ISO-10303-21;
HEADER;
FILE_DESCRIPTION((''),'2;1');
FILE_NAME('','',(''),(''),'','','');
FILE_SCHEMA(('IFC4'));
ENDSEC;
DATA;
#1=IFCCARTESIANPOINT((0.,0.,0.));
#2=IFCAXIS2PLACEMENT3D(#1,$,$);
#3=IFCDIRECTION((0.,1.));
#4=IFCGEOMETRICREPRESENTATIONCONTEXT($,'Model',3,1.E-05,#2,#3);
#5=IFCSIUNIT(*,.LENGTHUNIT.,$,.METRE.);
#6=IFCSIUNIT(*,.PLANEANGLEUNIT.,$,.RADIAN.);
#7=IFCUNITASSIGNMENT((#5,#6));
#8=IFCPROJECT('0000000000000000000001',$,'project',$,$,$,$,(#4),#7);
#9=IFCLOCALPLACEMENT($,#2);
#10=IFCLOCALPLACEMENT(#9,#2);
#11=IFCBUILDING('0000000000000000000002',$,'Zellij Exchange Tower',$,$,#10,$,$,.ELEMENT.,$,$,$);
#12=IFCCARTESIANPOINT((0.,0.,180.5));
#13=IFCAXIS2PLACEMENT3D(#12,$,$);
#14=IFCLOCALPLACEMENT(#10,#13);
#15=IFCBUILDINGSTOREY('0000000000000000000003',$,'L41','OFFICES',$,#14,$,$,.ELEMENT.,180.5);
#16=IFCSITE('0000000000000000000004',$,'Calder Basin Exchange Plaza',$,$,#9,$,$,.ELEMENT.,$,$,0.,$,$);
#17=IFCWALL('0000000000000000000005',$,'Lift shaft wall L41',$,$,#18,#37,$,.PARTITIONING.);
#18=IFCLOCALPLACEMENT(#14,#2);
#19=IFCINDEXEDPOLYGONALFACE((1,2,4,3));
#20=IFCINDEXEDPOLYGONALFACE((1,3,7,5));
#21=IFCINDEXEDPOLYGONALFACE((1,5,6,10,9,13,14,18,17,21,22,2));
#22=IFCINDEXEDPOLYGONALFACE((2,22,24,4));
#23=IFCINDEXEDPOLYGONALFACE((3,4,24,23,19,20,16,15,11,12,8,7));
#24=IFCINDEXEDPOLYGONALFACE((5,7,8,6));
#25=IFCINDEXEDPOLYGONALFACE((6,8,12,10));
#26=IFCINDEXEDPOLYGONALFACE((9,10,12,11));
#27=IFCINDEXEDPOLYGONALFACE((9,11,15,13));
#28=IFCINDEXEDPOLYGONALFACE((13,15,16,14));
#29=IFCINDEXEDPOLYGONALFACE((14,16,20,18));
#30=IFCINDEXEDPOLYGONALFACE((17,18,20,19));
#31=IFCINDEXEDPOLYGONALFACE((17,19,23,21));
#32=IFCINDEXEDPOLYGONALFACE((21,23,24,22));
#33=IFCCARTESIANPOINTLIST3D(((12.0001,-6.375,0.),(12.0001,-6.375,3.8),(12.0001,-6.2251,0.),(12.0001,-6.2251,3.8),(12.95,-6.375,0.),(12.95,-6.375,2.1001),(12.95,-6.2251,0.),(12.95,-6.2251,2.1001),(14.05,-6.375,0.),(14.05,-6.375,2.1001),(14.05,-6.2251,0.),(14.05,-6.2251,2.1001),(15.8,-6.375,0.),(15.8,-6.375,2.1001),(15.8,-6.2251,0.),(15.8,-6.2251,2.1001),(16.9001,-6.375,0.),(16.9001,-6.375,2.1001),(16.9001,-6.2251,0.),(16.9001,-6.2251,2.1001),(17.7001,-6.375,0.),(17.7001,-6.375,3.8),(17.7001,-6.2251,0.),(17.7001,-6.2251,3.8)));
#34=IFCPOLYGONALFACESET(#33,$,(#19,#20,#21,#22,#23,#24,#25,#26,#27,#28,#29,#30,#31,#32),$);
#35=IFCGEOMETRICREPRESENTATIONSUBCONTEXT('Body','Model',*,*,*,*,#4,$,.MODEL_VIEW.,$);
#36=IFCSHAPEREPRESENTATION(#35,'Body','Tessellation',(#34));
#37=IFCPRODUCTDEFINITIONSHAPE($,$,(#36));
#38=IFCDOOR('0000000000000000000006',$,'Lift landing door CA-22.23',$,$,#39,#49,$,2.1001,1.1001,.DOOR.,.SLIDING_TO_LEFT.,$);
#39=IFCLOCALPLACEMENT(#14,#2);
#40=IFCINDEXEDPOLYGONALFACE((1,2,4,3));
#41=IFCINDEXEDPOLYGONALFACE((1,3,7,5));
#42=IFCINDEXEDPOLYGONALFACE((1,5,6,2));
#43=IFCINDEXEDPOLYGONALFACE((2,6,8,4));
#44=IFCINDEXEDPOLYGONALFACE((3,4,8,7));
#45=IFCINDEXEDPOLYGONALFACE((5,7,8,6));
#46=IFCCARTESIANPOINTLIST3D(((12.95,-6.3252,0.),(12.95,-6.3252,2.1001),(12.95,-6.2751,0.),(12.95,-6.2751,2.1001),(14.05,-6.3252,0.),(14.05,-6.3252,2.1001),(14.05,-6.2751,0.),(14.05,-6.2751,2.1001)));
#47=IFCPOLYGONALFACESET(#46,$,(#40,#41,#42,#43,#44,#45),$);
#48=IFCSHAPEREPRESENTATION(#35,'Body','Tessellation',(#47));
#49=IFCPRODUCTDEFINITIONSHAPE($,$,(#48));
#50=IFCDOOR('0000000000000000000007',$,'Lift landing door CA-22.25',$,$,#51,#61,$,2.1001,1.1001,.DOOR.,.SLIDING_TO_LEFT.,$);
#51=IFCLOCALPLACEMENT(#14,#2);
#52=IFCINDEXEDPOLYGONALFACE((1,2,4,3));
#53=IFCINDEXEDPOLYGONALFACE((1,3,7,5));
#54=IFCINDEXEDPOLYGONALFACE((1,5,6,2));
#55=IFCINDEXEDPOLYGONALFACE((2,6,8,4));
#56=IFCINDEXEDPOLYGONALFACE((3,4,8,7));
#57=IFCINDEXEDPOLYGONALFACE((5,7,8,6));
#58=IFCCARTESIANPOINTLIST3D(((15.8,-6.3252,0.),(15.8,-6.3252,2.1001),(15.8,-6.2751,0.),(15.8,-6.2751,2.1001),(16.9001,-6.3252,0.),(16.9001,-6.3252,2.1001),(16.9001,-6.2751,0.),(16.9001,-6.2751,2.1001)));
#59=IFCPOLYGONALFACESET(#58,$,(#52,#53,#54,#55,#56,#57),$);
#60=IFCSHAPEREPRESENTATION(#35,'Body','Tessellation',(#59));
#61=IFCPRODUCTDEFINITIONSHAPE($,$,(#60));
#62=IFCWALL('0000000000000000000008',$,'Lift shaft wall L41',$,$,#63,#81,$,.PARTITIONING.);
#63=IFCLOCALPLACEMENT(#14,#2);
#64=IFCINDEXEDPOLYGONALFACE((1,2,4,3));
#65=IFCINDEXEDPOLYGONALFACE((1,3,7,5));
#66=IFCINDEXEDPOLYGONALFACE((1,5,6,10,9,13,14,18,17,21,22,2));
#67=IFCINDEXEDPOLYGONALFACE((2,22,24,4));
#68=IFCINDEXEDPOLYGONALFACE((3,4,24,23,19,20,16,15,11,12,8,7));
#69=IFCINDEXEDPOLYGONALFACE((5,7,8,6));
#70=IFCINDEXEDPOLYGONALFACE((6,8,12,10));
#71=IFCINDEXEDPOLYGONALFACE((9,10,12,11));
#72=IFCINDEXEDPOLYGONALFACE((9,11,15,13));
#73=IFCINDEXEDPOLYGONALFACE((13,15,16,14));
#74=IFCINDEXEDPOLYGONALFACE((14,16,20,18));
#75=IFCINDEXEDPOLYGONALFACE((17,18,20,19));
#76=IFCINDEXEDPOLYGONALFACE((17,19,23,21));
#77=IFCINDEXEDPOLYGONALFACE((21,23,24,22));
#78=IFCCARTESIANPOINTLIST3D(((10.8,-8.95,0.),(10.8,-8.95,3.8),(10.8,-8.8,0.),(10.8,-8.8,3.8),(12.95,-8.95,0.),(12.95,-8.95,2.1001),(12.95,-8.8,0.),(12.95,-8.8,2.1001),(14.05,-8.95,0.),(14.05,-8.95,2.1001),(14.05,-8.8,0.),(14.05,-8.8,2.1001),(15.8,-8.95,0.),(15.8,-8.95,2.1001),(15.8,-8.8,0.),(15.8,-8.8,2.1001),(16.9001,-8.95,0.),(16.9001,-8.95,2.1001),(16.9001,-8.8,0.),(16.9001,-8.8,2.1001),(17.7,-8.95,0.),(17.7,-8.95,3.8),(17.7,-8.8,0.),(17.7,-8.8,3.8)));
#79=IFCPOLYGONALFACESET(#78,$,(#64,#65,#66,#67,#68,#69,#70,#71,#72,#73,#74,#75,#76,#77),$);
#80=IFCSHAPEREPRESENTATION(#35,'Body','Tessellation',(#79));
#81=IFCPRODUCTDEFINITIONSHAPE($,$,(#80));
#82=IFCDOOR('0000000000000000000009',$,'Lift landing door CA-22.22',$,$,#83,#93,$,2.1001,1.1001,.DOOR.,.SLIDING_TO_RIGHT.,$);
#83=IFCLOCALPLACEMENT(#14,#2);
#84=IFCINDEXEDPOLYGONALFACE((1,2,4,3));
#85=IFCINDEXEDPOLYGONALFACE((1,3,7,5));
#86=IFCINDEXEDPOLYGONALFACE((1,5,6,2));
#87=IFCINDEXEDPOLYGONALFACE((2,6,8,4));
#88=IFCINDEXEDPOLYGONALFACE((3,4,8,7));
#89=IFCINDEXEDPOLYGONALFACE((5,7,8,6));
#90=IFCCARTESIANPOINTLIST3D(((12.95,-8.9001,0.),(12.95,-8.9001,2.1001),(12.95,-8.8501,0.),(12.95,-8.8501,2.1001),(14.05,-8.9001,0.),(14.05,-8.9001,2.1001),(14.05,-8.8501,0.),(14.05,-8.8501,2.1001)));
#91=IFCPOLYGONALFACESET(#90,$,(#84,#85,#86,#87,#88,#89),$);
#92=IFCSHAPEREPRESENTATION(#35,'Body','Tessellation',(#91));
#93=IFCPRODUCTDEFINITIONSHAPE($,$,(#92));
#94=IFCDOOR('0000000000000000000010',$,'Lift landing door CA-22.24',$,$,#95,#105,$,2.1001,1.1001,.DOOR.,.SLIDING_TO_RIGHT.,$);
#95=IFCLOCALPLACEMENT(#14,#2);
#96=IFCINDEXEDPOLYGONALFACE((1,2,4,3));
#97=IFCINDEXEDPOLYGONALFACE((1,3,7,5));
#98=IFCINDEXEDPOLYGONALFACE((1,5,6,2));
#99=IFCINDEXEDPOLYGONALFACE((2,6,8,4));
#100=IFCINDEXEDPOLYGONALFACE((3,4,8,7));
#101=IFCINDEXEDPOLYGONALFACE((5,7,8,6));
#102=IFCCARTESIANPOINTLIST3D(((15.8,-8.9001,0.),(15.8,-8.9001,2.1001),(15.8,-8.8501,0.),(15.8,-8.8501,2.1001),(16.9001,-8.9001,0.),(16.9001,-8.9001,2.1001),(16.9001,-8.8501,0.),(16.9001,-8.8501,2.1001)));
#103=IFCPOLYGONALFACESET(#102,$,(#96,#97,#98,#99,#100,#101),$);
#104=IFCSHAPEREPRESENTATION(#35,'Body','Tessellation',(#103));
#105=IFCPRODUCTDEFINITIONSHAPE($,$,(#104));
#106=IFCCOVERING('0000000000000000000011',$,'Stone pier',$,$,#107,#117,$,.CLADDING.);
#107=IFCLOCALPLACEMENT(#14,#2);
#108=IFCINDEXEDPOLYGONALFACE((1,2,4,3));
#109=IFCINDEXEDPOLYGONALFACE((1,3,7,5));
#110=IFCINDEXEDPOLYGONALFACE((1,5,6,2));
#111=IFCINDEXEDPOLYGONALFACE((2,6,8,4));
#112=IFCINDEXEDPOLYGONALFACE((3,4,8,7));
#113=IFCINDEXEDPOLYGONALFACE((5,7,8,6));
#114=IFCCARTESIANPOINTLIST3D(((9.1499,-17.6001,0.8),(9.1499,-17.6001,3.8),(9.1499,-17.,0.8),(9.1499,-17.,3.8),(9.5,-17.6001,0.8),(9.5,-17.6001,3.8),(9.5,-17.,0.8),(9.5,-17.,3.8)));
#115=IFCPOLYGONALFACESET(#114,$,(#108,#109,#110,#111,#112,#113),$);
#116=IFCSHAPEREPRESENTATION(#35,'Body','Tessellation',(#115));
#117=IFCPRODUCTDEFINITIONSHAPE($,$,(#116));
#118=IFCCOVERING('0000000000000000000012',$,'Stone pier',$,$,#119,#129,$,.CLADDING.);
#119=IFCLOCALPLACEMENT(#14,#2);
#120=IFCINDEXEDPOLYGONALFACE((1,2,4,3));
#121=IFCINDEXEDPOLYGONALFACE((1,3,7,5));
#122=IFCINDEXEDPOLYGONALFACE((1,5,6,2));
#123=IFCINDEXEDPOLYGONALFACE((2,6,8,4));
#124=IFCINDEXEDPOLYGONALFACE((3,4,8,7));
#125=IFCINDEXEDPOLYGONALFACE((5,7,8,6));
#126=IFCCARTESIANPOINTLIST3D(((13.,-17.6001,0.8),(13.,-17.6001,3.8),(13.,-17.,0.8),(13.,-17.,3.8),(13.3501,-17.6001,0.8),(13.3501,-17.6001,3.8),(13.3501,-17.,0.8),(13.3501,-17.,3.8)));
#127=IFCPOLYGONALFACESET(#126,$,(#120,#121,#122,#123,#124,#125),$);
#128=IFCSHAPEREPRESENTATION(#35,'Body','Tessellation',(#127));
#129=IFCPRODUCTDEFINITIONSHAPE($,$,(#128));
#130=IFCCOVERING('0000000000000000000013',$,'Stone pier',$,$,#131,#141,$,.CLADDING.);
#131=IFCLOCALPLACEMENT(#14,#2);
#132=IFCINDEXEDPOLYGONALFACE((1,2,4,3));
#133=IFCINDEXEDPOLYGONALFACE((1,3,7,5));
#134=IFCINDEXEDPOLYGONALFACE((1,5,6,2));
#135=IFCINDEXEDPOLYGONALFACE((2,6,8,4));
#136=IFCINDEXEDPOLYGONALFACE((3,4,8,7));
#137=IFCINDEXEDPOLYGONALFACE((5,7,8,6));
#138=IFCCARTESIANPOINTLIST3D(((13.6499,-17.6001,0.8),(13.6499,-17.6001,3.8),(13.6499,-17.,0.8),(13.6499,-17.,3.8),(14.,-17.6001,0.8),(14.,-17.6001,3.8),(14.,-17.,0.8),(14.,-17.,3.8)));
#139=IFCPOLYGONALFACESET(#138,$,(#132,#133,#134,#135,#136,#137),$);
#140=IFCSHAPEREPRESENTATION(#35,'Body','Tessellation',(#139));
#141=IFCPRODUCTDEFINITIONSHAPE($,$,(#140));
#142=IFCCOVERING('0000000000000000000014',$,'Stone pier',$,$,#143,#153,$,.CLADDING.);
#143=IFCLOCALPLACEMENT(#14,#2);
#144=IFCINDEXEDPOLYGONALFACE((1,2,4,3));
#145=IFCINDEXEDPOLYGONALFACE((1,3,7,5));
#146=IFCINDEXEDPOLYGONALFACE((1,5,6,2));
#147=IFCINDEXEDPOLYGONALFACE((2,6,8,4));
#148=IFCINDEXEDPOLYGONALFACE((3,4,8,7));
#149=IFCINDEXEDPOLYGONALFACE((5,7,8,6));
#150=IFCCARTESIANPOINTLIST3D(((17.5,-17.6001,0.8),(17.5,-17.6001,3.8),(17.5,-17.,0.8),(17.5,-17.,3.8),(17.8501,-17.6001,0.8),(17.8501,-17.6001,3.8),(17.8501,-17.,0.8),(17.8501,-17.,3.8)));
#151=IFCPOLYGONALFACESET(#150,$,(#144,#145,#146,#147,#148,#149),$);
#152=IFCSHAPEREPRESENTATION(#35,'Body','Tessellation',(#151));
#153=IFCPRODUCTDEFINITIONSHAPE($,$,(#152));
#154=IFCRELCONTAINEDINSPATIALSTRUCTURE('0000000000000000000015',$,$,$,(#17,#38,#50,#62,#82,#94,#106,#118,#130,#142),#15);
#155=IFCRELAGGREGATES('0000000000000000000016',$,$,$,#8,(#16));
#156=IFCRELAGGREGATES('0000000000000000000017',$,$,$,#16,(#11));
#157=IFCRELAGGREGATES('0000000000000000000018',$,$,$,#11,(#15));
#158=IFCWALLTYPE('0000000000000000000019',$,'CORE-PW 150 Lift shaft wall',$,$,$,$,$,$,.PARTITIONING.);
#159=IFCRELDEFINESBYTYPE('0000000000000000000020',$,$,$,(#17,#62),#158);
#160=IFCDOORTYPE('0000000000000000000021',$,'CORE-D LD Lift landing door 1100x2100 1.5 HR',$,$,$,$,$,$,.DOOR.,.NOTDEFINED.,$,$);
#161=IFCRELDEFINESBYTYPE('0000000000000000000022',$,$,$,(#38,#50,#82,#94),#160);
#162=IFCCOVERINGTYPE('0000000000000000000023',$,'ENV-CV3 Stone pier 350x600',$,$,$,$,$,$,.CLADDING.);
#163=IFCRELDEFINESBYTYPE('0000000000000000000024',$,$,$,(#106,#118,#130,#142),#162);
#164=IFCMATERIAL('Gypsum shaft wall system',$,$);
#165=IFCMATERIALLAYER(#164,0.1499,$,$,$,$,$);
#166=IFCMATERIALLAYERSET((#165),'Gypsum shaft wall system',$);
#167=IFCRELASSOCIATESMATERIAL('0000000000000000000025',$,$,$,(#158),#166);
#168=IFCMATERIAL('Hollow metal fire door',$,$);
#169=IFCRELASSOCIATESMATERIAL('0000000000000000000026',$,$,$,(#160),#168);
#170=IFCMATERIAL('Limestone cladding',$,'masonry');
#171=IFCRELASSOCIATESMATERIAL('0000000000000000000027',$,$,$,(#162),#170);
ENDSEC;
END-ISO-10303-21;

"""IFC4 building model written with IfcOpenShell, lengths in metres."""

from ifc_helpers import new_model, si_unit, direction, frame, frame_2d, origin, place, context, subcontext, project, spatial, polyline, rectangle, outline, extrude, material, layer, layer_set, type_object, element, fill, save


model = new_model("IFC4")

# Units and contexts
model_context = context("Model", 3, precision=1e-05, world=origin(), true_north=direction((0.0, 1.0)))
body_context = subcontext(model_context, "Body", "Model", "MODEL_VIEW")
ifc_project = project(units=[si_unit("LENGTHUNIT", "METRE"), si_unit("PLANEANGLEUNIT", "RADIAN")], contexts=[model_context])

# Site, building, storey
site_placement = place(None, origin())
site = spatial("IfcSite", under=ifc_project, at=site_placement, Name="Calder Basin Exchange Plaza", CompositionType="ELEMENT", RefElevation=0.0)
building_placement = place(site_placement, origin())
building = spatial("IfcBuilding", under=site, at=building_placement, Name="Zellij Exchange Tower", CompositionType="ELEMENT")
storey_placement = place(building_placement, frame((0.0, 0.0, 180.5)))
storey = spatial("IfcBuildingStorey", under=building, at=storey_placement, Name="L41", Description="OFFICES", CompositionType="ELEMENT", Elevation=180.5)

# Shared definitions
ifc_material_1 = material(Name="Gypsum shaft wall system")
ifc_material_2 = material(Name="Hollow metal fire door")

# Shared definitions
ifc_layer_1 = layer(ifc_material_1, 0.1499)
ifc_layer_set_1 = layer_set([ifc_layer_1], Name="Gypsum shaft wall system")
wall_type_1 = type_object("IfcWallType", Name="CORE-PW 150 Lift shaft wall", PredefinedType="PARTITIONING", material=ifc_layer_set_1)

# Shared definitions
door_type_1 = type_object("IfcDoorType", Name="CORE-D LD Lift landing door 1100x2100 1.5 HR", OperationType="NOTDEFINED", PredefinedType="DOOR", material=ifc_material_2)

# Walls, openings, doors
wall_1_placement = place(storey_placement, frame((12.0, -6.3, 0.0), z_axis=(0.0, 0.0, 1.0), x_axis=(1.0, 0.0, 0.0)))
wall_1 = element("IfcWall", 1, at=wall_1_placement, inside=storey, type_object=wall_type_1, Name="Lift shaft wall L41", PredefinedType="PARTITIONING", context=body_context, shape_type="SweptSolid", body=[
    extrude(rectangle(XDim=5.7, YDim=0.1499, at=frame_2d((2.8501, 0.0))), origin(), (0.0, 0.0, 1.0), 3.8),
])
opening_1_placement = place(wall_1_placement, frame((0.95, 0.0, 0.0)))
opening_1 = element("IfcOpeningElement", 2, at=opening_1_placement, cuts=wall_1, PredefinedType="OPENING", context=body_context, shape_type="SweptSolid", body=[
    extrude(rectangle(XDim=1.1001, YDim=2.1001, at=frame_2d((0.55, 1.05))), frame((0.0, 0.0869, 0.0), z_axis=(0.0, -1.0, 0.0), x_axis=(1.0, 0.0, 0.0)), (0.0, 0.0, 1.0), 0.1738),
])
opening_2_placement = place(wall_1_placement, frame((3.8, 0.0, 0.0)))
opening_2 = element("IfcOpeningElement", 3, at=opening_2_placement, cuts=wall_1, PredefinedType="OPENING", context=body_context, shape_type="SweptSolid", body=[
    extrude(rectangle(XDim=1.1001, YDim=2.1001, at=frame_2d((0.55, 1.05))), frame((0.0, 0.0869, 0.0), z_axis=(0.0, -1.0, 0.0), x_axis=(1.0, 0.0, 0.0)), (0.0, 0.0, 1.0), 0.1738),
])
door_1_placement = place(opening_1_placement, origin())
door_1 = element("IfcDoor", 4, at=door_1_placement, inside=storey, type_object=door_type_1, Name="Lift landing door CA-22.23", OperationType="SLIDING_TO_LEFT", OverallHeight=2.1001, OverallWidth=1.1001, PredefinedType="DOOR", context=body_context, shape_type="SweptSolid", body=[
    extrude(rectangle(XDim=1.1001, YDim=2.1001, at=frame_2d((0.55, 1.05))), frame((0.0, 0.0249, 0.0), z_axis=(0.0, -1.0, 0.0), x_axis=(1.0, 0.0, 0.0)), (0.0, 0.0, 1.0), 0.05),
])
fill(opening_1, door_1)
door_2_placement = place(opening_2_placement, origin())
door_2 = element("IfcDoor", 5, at=door_2_placement, inside=storey, type_object=door_type_1, Name="Lift landing door CA-22.25", OperationType="SLIDING_TO_LEFT", OverallHeight=2.1001, OverallWidth=1.1001, PredefinedType="DOOR", context=body_context, shape_type="SweptSolid", body=[
    extrude(rectangle(XDim=1.1001, YDim=2.1001, at=frame_2d((0.55, 1.05))), frame((0.0, 0.0249, 0.0), z_axis=(0.0, -1.0, 0.0), x_axis=(1.0, 0.0, 0.0)), (0.0, 0.0, 1.0), 0.05),
])
fill(opening_2, door_2)
wall_2_placement = place(storey_placement, frame((10.8, -8.875, 0.0), z_axis=(0.0, 0.0, 1.0), x_axis=(1.0, 0.0, 0.0)))
wall_2 = element("IfcWall", 6, at=wall_2_placement, inside=storey, type_object=wall_type_1, Name="Lift shaft wall L41", PredefinedType="PARTITIONING", context=body_context, shape_type="SweptSolid", body=[
    extrude(rectangle(XDim=6.8999, YDim=0.1499, at=frame_2d((3.45, 0.0))), origin(), (0.0, 0.0, 1.0), 3.8),
])
opening_3_placement = place(wall_2_placement, frame((2.1499, 0.0, 0.0)))
opening_3 = element("IfcOpeningElement", 7, at=opening_3_placement, cuts=wall_2, PredefinedType="OPENING", context=body_context, shape_type="SweptSolid", body=[
    extrude(rectangle(XDim=1.1001, YDim=2.1001, at=frame_2d((0.55, 1.05))), frame((0.0, 0.0869, 0.0), z_axis=(0.0, -1.0, 0.0), x_axis=(1.0, 0.0, 0.0)), (0.0, 0.0, 1.0), 0.1738),
])
opening_4_placement = place(wall_2_placement, frame((5.0, 0.0, 0.0)))
opening_4 = element("IfcOpeningElement", 8, at=opening_4_placement, cuts=wall_2, PredefinedType="OPENING", context=body_context, shape_type="SweptSolid", body=[
    extrude(rectangle(XDim=1.1001, YDim=2.1001, at=frame_2d((0.55, 1.05))), frame((0.0, 0.0869, 0.0), z_axis=(0.0, -1.0, 0.0), x_axis=(1.0, 0.0, 0.0)), (0.0, 0.0, 1.0), 0.1738),
])
door_3_placement = place(opening_3_placement, origin())
door_3 = element("IfcDoor", 9, at=door_3_placement, inside=storey, type_object=door_type_1, Name="Lift landing door CA-22.22", OperationType="SLIDING_TO_RIGHT", OverallHeight=2.1001, OverallWidth=1.1001, PredefinedType="DOOR", context=body_context, shape_type="SweptSolid", body=[
    extrude(rectangle(XDim=1.1001, YDim=2.1001, at=frame_2d((0.55, 1.05))), frame((0.0, 0.0249, 0.0), z_axis=(0.0, -1.0, 0.0), x_axis=(1.0, 0.0, 0.0)), (0.0, 0.0, 1.0), 0.05),
])
fill(opening_3, door_3)
door_4_placement = place(opening_4_placement, origin())
door_4 = element("IfcDoor", 10, at=door_4_placement, inside=storey, type_object=door_type_1, Name="Lift landing door CA-22.24", OperationType="SLIDING_TO_RIGHT", OverallHeight=2.1001, OverallWidth=1.1001, PredefinedType="DOOR", context=body_context, shape_type="SweptSolid", body=[
    extrude(rectangle(XDim=1.1001, YDim=2.1001, at=frame_2d((0.55, 1.05))), frame((0.0, 0.0249, 0.0), z_axis=(0.0, -1.0, 0.0), x_axis=(1.0, 0.0, 0.0)), (0.0, 0.0, 1.0), 0.05),
])
fill(opening_4, door_4)

# Coverings
ifc_material_3 = material(Name="Limestone cladding", Category="masonry")
covering_type = type_object("IfcCoveringType", Name="ENV-CV3 Stone pier 350x600", PredefinedType="CLADDING", material=ifc_material_3)
covering_1_placement = place(storey_placement, frame((0.0, 0.0, 0.8)))
element("IfcCovering", 11, at=covering_1_placement, inside=storey, type_object=covering_type, Name="Stone pier", PredefinedType="CLADDING", context=body_context, shape_type="SweptSolid", body=[
    extrude(outline(polyline([(9.1499, -17.0), (9.5, -17.0), (9.5, -17.6001), (9.1499, -17.6001), (9.1499, -17.0)])), origin(), (0.0, 0.0, 1.0), 3.0),
])
covering_2_placement = place(storey_placement, frame((0.0, 0.0, 0.8)))
element("IfcCovering", 12, at=covering_2_placement, inside=storey, type_object=covering_type, Name="Stone pier", PredefinedType="CLADDING", context=body_context, shape_type="SweptSolid", body=[
    extrude(outline(polyline([(13.0, -17.0), (13.3501, -17.0), (13.3501, -17.6001), (13.0, -17.6001), (13.0, -17.0)])), origin(), (0.0, 0.0, 1.0), 3.0),
])
covering_3_placement = place(storey_placement, frame((0.0, 0.0, 0.8)))
element("IfcCovering", 13, at=covering_3_placement, inside=storey, type_object=covering_type, Name="Stone pier", PredefinedType="CLADDING", context=body_context, shape_type="SweptSolid", body=[
    extrude(outline(polyline([(13.6499, -17.0), (14.0, -17.0), (14.0, -17.6001), (13.6499, -17.6001), (13.6499, -17.0)])), origin(), (0.0, 0.0, 1.0), 3.0),
])
covering_4_placement = place(storey_placement, frame((0.0, 0.0, 0.8)))
element("IfcCovering", 14, at=covering_4_placement, inside=storey, type_object=covering_type, Name="Stone pier", PredefinedType="CLADDING", context=body_context, shape_type="SweptSolid", body=[
    extrude(outline(polyline([(17.5, -17.0), (17.8501, -17.0), (17.8501, -17.6001), (17.5, -17.6001), (17.5, -17.0)])), origin(), (0.0, 0.0, 1.0), 3.0),
])

save(model, "model.ifc")
